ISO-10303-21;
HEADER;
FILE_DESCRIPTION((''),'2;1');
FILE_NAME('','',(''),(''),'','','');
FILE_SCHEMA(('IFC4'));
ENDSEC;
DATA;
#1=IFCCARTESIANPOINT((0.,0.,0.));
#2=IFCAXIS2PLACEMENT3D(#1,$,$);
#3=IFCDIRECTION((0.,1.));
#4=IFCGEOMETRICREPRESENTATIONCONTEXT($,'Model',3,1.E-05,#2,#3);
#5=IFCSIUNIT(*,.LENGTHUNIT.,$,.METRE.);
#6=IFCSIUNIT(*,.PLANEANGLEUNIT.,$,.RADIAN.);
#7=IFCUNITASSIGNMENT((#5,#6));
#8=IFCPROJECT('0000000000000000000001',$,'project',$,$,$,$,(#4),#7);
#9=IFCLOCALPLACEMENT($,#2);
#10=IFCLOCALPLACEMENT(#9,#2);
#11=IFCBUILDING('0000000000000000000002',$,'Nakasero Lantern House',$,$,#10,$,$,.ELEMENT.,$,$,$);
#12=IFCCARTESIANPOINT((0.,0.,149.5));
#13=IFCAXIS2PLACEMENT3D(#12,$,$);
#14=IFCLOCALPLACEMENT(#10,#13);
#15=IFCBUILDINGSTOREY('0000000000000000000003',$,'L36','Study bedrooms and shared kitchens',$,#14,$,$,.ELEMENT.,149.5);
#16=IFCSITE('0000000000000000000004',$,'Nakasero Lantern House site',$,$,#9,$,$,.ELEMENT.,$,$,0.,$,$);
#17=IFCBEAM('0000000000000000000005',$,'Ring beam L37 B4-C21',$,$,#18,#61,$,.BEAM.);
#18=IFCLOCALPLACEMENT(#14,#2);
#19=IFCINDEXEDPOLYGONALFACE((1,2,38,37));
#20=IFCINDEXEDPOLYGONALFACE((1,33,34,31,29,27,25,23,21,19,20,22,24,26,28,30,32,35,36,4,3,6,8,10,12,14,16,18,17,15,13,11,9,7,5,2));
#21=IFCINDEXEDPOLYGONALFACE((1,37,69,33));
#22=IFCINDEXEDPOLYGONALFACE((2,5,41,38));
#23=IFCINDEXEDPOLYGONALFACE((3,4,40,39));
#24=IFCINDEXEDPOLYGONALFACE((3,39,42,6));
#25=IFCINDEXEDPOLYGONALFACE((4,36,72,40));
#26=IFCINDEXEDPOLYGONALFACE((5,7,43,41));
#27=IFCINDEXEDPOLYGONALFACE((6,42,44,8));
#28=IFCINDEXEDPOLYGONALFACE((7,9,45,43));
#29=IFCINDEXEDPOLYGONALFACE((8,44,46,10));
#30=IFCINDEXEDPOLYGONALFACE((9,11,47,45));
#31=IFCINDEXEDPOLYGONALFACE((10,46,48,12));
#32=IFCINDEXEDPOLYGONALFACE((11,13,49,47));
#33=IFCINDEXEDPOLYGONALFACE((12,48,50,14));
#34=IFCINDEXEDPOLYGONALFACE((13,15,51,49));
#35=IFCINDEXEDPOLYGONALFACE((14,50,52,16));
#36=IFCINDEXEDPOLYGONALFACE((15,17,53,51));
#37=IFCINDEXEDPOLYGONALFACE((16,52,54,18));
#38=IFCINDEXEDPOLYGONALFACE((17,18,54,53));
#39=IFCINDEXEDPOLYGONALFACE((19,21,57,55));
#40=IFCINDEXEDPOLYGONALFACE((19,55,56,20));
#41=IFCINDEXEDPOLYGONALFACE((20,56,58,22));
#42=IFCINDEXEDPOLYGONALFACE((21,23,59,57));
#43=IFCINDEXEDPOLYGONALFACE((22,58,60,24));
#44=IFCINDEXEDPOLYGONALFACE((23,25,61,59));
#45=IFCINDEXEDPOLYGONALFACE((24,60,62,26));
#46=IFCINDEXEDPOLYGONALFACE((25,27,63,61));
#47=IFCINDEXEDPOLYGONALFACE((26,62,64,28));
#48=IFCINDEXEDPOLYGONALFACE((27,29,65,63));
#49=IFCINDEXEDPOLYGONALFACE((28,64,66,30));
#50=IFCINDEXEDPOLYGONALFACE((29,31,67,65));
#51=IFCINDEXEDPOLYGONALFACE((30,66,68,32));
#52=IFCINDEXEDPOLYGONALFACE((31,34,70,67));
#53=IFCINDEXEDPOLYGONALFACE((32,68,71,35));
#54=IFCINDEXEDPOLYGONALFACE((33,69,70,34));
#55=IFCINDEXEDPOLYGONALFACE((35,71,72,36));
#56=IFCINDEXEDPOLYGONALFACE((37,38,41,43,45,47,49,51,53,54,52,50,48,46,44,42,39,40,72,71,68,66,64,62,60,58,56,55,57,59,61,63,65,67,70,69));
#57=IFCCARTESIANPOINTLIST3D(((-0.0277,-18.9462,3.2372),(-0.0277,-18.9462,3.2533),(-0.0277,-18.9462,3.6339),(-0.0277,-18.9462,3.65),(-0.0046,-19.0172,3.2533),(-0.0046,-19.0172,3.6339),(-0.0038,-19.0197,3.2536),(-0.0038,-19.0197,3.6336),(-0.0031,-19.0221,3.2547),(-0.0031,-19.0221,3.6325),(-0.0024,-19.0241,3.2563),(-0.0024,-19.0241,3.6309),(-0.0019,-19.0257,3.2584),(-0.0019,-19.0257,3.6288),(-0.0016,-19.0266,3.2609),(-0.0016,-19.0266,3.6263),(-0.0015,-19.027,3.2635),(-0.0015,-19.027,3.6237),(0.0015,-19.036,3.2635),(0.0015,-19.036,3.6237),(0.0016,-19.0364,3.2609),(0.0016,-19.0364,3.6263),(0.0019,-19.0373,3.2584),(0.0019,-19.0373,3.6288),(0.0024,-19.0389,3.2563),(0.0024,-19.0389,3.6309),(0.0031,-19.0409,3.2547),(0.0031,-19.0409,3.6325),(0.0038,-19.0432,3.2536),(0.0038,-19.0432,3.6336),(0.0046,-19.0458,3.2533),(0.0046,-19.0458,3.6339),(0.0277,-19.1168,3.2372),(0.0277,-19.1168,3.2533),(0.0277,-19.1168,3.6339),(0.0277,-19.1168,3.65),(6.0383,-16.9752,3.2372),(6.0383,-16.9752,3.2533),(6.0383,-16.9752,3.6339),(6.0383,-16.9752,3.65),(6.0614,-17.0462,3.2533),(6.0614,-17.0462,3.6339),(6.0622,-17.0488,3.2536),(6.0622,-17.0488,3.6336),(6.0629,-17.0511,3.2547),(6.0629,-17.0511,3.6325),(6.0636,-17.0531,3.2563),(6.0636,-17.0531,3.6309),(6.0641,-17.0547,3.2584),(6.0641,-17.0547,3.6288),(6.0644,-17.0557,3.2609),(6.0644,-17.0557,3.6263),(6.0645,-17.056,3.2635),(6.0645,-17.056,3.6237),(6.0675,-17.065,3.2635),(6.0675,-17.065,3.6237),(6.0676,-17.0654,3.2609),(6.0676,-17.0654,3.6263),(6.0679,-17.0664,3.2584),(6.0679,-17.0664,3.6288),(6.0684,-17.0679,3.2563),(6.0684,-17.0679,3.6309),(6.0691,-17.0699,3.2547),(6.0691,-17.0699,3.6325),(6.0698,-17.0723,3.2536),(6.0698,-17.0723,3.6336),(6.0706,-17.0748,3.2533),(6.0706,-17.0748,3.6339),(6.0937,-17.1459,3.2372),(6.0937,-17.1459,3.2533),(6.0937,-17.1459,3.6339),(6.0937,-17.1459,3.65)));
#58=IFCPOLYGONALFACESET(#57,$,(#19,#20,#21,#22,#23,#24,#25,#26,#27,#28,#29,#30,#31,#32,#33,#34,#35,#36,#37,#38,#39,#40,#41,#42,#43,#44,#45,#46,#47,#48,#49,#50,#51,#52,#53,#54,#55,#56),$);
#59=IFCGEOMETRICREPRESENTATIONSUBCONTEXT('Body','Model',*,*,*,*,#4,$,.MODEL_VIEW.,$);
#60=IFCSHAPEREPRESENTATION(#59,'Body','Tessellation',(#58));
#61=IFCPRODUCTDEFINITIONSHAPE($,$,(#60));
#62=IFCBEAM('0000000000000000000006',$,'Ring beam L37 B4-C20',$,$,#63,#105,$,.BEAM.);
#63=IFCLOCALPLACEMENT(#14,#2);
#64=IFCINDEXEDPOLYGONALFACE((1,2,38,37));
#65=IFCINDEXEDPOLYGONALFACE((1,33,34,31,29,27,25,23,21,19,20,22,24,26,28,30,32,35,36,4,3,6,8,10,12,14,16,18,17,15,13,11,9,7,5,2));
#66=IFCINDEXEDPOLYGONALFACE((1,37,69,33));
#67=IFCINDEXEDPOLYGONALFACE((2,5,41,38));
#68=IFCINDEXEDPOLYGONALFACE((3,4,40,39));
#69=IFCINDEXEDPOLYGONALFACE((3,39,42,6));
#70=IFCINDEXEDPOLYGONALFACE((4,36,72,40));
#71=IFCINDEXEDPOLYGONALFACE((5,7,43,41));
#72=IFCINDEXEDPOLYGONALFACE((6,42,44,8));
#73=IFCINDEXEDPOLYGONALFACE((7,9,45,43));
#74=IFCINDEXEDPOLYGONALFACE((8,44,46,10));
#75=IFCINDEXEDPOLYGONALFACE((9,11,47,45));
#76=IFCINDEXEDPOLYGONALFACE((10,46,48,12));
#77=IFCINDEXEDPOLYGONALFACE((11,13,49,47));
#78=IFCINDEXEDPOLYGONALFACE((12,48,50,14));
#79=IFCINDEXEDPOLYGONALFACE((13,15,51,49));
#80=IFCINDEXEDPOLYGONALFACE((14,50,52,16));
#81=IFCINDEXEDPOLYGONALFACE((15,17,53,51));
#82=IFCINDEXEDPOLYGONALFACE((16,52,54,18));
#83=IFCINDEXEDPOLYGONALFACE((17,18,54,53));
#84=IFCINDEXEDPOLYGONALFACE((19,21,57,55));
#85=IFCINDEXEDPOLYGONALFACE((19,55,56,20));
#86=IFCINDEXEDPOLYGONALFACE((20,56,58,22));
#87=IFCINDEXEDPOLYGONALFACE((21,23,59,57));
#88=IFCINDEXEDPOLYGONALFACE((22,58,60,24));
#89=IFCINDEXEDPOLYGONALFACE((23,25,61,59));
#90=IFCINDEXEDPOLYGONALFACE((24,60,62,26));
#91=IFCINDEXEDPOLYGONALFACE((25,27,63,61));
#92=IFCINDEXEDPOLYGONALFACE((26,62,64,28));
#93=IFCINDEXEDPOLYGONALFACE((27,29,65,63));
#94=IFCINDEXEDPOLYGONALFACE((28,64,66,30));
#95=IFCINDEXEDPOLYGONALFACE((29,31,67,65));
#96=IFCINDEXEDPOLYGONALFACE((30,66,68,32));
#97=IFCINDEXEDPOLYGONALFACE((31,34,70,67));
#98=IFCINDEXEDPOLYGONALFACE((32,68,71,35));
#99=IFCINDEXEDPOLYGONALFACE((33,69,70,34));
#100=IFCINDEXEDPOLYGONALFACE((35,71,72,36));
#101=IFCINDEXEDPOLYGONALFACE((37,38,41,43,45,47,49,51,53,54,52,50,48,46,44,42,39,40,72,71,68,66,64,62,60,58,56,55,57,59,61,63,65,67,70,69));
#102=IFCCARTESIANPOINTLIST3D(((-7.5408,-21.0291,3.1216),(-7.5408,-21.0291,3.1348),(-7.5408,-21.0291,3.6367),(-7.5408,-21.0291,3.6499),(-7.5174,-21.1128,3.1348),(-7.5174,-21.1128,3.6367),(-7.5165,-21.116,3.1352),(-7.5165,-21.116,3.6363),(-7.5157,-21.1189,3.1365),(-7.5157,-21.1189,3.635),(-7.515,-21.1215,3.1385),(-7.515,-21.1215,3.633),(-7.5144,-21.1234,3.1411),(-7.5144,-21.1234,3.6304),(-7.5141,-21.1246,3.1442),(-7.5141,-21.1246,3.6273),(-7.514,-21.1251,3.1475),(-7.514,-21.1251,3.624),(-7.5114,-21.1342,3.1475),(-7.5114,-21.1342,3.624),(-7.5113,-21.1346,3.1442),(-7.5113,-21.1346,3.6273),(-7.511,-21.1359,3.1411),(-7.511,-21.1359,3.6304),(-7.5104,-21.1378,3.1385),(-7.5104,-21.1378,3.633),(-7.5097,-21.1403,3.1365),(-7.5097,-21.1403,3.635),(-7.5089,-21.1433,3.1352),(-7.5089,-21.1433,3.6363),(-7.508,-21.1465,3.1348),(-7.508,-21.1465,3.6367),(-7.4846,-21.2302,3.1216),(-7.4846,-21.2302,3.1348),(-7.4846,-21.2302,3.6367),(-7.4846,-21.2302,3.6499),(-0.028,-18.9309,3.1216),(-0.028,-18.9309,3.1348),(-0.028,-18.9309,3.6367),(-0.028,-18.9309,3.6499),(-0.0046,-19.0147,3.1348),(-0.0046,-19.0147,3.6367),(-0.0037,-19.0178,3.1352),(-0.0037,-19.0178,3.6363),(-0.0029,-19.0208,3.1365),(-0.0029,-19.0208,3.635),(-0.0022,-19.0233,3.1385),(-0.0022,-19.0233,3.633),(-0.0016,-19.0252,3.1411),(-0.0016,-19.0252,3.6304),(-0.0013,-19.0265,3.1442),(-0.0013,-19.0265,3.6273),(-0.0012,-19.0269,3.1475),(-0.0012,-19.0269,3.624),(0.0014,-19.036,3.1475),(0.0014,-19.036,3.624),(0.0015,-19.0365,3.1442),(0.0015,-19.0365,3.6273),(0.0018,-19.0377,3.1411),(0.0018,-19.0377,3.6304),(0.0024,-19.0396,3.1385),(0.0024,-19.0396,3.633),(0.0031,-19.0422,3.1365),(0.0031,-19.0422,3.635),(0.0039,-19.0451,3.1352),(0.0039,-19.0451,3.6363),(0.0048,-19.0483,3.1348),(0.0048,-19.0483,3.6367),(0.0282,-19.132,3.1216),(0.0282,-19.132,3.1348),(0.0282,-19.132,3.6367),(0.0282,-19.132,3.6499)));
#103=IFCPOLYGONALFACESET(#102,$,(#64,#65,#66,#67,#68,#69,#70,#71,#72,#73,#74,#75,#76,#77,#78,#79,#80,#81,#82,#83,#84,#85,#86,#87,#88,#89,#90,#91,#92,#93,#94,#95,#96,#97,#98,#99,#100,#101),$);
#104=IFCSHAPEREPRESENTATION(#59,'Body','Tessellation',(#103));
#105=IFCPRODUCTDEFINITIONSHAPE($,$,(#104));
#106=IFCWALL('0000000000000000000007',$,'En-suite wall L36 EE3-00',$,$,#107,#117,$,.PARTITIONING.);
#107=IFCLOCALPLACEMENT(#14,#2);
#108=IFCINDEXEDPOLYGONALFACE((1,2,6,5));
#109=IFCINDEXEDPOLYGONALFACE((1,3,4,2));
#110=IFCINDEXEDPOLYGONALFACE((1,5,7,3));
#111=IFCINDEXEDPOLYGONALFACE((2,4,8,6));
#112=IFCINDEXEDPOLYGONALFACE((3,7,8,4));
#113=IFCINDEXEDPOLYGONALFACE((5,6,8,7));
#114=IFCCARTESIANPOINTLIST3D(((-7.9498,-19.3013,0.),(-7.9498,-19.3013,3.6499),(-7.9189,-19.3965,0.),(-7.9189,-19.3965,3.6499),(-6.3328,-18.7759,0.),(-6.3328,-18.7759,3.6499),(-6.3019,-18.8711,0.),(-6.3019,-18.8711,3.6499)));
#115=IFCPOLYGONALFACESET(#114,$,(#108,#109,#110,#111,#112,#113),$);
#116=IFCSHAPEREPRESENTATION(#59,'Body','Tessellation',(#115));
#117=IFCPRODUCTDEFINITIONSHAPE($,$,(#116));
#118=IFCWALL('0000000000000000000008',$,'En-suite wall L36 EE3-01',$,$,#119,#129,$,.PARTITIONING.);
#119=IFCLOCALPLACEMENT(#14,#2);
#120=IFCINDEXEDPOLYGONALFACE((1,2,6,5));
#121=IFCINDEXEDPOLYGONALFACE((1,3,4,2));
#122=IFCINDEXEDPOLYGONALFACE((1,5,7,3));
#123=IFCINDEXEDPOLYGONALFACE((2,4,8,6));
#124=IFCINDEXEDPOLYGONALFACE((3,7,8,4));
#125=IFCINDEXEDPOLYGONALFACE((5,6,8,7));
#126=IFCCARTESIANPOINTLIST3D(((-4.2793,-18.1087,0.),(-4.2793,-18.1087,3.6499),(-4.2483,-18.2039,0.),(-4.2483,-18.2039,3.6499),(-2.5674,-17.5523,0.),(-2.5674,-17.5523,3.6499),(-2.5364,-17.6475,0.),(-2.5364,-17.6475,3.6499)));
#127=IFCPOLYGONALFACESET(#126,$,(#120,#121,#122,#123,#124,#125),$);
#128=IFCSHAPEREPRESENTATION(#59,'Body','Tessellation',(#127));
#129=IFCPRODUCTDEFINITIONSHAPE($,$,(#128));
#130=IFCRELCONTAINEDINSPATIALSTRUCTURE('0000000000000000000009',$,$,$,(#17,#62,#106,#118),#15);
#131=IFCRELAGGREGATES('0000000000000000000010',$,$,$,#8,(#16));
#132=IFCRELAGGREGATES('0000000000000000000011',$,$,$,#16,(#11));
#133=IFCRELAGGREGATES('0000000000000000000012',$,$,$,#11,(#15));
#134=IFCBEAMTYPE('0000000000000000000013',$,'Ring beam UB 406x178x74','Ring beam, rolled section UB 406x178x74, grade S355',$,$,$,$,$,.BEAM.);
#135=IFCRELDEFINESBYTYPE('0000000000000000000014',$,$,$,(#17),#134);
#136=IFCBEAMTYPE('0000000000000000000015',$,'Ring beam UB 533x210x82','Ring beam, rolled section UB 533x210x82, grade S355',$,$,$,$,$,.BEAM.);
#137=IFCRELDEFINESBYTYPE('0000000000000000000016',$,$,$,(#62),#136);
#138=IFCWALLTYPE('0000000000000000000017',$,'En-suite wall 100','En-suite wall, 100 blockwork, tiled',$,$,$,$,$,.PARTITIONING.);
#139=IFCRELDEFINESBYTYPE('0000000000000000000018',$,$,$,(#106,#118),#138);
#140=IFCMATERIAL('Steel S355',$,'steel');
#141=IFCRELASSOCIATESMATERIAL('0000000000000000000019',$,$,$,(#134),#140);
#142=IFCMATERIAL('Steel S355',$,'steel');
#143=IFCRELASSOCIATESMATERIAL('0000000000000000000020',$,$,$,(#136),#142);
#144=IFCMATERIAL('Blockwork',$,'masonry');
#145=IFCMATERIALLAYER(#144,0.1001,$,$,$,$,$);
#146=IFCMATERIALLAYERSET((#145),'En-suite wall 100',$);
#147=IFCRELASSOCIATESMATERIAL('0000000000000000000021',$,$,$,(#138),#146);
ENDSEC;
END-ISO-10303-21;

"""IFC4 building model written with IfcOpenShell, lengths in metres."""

from ifc_helpers import new_model, si_unit, direction, frame, frame_2d, origin, origin_2d, place, context, subcontext, project, spatial, rectangle, i_section, extrude, material, layer, layer_set, material_profile, profile_set, type_object, element, save


model = new_model("IFC4")

# Units and contexts
model_context = context("Model", 3, precision=1e-05, world=origin(), true_north=direction((0.0, 1.0)))
body_context = subcontext(model_context, "Body", "Model", "MODEL_VIEW")
ifc_project = project(units=[si_unit("LENGTHUNIT", "METRE"), si_unit("PLANEANGLEUNIT", "RADIAN")], contexts=[model_context])

# Site, building, storey
site_placement = place(None, origin())
site = spatial("IfcSite", under=ifc_project, at=site_placement, Name="Nakasero Lantern House site", CompositionType="ELEMENT", RefElevation=0.0)
building_placement = place(site_placement, origin())
building = spatial("IfcBuilding", under=site, at=building_placement, Name="Nakasero Lantern House", CompositionType="ELEMENT")
storey_placement = place(building_placement, frame((0.0, 0.0, 149.5)))
storey = spatial("IfcBuildingStorey", under=building, at=storey_placement, Name="L36", Description="Study bedrooms and shared kitchens", CompositionType="ELEMENT", Elevation=149.5)

# Beams
ifc_material_1 = material(Name="Steel S355", Category="steel")
ifc_material_profile_1 = material_profile(ifc_material_1, i_section(OverallWidth=0.1794, OverallDepth=0.4128, WebThickness=0.0095, FlangeThickness=0.0161, FilletRadius=0.0103, at=origin_2d()), Name="UB 406x178x74")
ifc_profile_set_1 = profile_set([ifc_material_profile_1], Name="Steel S355")
beam_type_1 = type_object("IfcBeamType", Name="Ring beam UB 406x178x74", Description="Ring beam, rolled section UB 406x178x74, grade S355", PredefinedType="BEAM", material=ifc_profile_set_1)
beam_1_placement = place(storey_placement, frame((0.0, -19.0315, 3.4436), z_axis=(0.951056, 0.309019, 0.0), x_axis=(-0.309019, 0.951056, 0.0)))
element("IfcBeam", 1, at=beam_1_placement, inside=storey, type_object=beam_type_1, Name="Ring beam L37 B4-C21", PredefinedType="BEAM", context=body_context, shape_type="SweptSolid", body=[
    extrude(i_section(OverallWidth=0.1794, OverallDepth=0.4128, WebThickness=0.0095, FlangeThickness=0.0161, FilletRadius=0.0103, at=origin_2d()), origin(), (0.0, 0.0, 1.0), 6.3782),
])
ifc_material_2 = material(Name="Steel S355", Category="steel")
ifc_material_profile_2 = material_profile(ifc_material_2, i_section(OverallWidth=0.2087, OverallDepth=0.5283, WebThickness=0.0095, FlangeThickness=0.0132, FilletRadius=0.0127, at=origin_2d()), Name="UB 533x210x82")
ifc_profile_set_2 = profile_set([ifc_material_profile_2], Name="Steel S355")
beam_type_2 = type_object("IfcBeamType", Name="Ring beam UB 533x210x82", Description="Ring beam, rolled section UB 533x210x82, grade S355", PredefinedType="BEAM", material=ifc_profile_set_2)
beam_2_placement = place(storey_placement, frame((-7.5127, -21.1296, 3.3857), z_axis=(0.963144, 0.268987, 0.0), x_axis=(-0.268987, 0.963144, 0.0)))
element("IfcBeam", 2, at=beam_2_placement, inside=storey, type_object=beam_type_2, Name="Ring beam L37 B4-C20", PredefinedType="BEAM", context=body_context, shape_type="SweptSolid", body=[
    extrude(i_section(OverallWidth=0.2087, OverallDepth=0.5283, WebThickness=0.0095, FlangeThickness=0.0132, FilletRadius=0.0127, at=origin_2d()), origin(), (0.0, 0.0, 1.0), 7.8003),
])

# Walls
ifc_material_3 = material(Name="Blockwork", Category="masonry")
ifc_layer_1 = layer(ifc_material_3, 0.1001)
ifc_layer_set_1 = layer_set([ifc_layer_1], Name="En-suite wall 100")
wall_type_1 = type_object("IfcWallType", Name="En-suite wall 100", Description="En-suite wall, 100 blockwork, tiled", PredefinedType="PARTITIONING", material=ifc_layer_set_1)
wall_1_placement = place(storey_placement, frame((-7.9343, -19.3489, 0.0), z_axis=(0.0, 0.0, 1.0), x_axis=(0.951054, 0.309024, 0.0)))
element("IfcWall", 3, at=wall_1_placement, inside=storey, type_object=wall_type_1, Name="En-suite wall L36 EE3-00", PredefinedType="PARTITIONING", context=body_context, shape_type="SweptSolid", body=[
    extrude(rectangle(XDim=1.7002, YDim=0.1001, at=frame_2d((0.8501, 0.0))), origin(), (0.0, 0.0, 1.0), 3.6499),
])
wall_2_placement = place(storey_placement, frame((-4.2637, -18.1562, 0.0), z_axis=(0.0, 0.0, 1.0), x_axis=(0.95103, 0.309098, 0.0)))
element("IfcWall", 4, at=wall_2_placement, inside=storey, type_object=wall_type_1, Name="En-suite wall L36 EE3-01", PredefinedType="PARTITIONING", context=body_context, shape_type="SweptSolid", body=[
    extrude(rectangle(XDim=1.8, YDim=0.1001, at=frame_2d((0.8999, 0.0))), origin(), (0.0, 0.0, 1.0), 3.6499),
])

save(model, "model.ifc")
